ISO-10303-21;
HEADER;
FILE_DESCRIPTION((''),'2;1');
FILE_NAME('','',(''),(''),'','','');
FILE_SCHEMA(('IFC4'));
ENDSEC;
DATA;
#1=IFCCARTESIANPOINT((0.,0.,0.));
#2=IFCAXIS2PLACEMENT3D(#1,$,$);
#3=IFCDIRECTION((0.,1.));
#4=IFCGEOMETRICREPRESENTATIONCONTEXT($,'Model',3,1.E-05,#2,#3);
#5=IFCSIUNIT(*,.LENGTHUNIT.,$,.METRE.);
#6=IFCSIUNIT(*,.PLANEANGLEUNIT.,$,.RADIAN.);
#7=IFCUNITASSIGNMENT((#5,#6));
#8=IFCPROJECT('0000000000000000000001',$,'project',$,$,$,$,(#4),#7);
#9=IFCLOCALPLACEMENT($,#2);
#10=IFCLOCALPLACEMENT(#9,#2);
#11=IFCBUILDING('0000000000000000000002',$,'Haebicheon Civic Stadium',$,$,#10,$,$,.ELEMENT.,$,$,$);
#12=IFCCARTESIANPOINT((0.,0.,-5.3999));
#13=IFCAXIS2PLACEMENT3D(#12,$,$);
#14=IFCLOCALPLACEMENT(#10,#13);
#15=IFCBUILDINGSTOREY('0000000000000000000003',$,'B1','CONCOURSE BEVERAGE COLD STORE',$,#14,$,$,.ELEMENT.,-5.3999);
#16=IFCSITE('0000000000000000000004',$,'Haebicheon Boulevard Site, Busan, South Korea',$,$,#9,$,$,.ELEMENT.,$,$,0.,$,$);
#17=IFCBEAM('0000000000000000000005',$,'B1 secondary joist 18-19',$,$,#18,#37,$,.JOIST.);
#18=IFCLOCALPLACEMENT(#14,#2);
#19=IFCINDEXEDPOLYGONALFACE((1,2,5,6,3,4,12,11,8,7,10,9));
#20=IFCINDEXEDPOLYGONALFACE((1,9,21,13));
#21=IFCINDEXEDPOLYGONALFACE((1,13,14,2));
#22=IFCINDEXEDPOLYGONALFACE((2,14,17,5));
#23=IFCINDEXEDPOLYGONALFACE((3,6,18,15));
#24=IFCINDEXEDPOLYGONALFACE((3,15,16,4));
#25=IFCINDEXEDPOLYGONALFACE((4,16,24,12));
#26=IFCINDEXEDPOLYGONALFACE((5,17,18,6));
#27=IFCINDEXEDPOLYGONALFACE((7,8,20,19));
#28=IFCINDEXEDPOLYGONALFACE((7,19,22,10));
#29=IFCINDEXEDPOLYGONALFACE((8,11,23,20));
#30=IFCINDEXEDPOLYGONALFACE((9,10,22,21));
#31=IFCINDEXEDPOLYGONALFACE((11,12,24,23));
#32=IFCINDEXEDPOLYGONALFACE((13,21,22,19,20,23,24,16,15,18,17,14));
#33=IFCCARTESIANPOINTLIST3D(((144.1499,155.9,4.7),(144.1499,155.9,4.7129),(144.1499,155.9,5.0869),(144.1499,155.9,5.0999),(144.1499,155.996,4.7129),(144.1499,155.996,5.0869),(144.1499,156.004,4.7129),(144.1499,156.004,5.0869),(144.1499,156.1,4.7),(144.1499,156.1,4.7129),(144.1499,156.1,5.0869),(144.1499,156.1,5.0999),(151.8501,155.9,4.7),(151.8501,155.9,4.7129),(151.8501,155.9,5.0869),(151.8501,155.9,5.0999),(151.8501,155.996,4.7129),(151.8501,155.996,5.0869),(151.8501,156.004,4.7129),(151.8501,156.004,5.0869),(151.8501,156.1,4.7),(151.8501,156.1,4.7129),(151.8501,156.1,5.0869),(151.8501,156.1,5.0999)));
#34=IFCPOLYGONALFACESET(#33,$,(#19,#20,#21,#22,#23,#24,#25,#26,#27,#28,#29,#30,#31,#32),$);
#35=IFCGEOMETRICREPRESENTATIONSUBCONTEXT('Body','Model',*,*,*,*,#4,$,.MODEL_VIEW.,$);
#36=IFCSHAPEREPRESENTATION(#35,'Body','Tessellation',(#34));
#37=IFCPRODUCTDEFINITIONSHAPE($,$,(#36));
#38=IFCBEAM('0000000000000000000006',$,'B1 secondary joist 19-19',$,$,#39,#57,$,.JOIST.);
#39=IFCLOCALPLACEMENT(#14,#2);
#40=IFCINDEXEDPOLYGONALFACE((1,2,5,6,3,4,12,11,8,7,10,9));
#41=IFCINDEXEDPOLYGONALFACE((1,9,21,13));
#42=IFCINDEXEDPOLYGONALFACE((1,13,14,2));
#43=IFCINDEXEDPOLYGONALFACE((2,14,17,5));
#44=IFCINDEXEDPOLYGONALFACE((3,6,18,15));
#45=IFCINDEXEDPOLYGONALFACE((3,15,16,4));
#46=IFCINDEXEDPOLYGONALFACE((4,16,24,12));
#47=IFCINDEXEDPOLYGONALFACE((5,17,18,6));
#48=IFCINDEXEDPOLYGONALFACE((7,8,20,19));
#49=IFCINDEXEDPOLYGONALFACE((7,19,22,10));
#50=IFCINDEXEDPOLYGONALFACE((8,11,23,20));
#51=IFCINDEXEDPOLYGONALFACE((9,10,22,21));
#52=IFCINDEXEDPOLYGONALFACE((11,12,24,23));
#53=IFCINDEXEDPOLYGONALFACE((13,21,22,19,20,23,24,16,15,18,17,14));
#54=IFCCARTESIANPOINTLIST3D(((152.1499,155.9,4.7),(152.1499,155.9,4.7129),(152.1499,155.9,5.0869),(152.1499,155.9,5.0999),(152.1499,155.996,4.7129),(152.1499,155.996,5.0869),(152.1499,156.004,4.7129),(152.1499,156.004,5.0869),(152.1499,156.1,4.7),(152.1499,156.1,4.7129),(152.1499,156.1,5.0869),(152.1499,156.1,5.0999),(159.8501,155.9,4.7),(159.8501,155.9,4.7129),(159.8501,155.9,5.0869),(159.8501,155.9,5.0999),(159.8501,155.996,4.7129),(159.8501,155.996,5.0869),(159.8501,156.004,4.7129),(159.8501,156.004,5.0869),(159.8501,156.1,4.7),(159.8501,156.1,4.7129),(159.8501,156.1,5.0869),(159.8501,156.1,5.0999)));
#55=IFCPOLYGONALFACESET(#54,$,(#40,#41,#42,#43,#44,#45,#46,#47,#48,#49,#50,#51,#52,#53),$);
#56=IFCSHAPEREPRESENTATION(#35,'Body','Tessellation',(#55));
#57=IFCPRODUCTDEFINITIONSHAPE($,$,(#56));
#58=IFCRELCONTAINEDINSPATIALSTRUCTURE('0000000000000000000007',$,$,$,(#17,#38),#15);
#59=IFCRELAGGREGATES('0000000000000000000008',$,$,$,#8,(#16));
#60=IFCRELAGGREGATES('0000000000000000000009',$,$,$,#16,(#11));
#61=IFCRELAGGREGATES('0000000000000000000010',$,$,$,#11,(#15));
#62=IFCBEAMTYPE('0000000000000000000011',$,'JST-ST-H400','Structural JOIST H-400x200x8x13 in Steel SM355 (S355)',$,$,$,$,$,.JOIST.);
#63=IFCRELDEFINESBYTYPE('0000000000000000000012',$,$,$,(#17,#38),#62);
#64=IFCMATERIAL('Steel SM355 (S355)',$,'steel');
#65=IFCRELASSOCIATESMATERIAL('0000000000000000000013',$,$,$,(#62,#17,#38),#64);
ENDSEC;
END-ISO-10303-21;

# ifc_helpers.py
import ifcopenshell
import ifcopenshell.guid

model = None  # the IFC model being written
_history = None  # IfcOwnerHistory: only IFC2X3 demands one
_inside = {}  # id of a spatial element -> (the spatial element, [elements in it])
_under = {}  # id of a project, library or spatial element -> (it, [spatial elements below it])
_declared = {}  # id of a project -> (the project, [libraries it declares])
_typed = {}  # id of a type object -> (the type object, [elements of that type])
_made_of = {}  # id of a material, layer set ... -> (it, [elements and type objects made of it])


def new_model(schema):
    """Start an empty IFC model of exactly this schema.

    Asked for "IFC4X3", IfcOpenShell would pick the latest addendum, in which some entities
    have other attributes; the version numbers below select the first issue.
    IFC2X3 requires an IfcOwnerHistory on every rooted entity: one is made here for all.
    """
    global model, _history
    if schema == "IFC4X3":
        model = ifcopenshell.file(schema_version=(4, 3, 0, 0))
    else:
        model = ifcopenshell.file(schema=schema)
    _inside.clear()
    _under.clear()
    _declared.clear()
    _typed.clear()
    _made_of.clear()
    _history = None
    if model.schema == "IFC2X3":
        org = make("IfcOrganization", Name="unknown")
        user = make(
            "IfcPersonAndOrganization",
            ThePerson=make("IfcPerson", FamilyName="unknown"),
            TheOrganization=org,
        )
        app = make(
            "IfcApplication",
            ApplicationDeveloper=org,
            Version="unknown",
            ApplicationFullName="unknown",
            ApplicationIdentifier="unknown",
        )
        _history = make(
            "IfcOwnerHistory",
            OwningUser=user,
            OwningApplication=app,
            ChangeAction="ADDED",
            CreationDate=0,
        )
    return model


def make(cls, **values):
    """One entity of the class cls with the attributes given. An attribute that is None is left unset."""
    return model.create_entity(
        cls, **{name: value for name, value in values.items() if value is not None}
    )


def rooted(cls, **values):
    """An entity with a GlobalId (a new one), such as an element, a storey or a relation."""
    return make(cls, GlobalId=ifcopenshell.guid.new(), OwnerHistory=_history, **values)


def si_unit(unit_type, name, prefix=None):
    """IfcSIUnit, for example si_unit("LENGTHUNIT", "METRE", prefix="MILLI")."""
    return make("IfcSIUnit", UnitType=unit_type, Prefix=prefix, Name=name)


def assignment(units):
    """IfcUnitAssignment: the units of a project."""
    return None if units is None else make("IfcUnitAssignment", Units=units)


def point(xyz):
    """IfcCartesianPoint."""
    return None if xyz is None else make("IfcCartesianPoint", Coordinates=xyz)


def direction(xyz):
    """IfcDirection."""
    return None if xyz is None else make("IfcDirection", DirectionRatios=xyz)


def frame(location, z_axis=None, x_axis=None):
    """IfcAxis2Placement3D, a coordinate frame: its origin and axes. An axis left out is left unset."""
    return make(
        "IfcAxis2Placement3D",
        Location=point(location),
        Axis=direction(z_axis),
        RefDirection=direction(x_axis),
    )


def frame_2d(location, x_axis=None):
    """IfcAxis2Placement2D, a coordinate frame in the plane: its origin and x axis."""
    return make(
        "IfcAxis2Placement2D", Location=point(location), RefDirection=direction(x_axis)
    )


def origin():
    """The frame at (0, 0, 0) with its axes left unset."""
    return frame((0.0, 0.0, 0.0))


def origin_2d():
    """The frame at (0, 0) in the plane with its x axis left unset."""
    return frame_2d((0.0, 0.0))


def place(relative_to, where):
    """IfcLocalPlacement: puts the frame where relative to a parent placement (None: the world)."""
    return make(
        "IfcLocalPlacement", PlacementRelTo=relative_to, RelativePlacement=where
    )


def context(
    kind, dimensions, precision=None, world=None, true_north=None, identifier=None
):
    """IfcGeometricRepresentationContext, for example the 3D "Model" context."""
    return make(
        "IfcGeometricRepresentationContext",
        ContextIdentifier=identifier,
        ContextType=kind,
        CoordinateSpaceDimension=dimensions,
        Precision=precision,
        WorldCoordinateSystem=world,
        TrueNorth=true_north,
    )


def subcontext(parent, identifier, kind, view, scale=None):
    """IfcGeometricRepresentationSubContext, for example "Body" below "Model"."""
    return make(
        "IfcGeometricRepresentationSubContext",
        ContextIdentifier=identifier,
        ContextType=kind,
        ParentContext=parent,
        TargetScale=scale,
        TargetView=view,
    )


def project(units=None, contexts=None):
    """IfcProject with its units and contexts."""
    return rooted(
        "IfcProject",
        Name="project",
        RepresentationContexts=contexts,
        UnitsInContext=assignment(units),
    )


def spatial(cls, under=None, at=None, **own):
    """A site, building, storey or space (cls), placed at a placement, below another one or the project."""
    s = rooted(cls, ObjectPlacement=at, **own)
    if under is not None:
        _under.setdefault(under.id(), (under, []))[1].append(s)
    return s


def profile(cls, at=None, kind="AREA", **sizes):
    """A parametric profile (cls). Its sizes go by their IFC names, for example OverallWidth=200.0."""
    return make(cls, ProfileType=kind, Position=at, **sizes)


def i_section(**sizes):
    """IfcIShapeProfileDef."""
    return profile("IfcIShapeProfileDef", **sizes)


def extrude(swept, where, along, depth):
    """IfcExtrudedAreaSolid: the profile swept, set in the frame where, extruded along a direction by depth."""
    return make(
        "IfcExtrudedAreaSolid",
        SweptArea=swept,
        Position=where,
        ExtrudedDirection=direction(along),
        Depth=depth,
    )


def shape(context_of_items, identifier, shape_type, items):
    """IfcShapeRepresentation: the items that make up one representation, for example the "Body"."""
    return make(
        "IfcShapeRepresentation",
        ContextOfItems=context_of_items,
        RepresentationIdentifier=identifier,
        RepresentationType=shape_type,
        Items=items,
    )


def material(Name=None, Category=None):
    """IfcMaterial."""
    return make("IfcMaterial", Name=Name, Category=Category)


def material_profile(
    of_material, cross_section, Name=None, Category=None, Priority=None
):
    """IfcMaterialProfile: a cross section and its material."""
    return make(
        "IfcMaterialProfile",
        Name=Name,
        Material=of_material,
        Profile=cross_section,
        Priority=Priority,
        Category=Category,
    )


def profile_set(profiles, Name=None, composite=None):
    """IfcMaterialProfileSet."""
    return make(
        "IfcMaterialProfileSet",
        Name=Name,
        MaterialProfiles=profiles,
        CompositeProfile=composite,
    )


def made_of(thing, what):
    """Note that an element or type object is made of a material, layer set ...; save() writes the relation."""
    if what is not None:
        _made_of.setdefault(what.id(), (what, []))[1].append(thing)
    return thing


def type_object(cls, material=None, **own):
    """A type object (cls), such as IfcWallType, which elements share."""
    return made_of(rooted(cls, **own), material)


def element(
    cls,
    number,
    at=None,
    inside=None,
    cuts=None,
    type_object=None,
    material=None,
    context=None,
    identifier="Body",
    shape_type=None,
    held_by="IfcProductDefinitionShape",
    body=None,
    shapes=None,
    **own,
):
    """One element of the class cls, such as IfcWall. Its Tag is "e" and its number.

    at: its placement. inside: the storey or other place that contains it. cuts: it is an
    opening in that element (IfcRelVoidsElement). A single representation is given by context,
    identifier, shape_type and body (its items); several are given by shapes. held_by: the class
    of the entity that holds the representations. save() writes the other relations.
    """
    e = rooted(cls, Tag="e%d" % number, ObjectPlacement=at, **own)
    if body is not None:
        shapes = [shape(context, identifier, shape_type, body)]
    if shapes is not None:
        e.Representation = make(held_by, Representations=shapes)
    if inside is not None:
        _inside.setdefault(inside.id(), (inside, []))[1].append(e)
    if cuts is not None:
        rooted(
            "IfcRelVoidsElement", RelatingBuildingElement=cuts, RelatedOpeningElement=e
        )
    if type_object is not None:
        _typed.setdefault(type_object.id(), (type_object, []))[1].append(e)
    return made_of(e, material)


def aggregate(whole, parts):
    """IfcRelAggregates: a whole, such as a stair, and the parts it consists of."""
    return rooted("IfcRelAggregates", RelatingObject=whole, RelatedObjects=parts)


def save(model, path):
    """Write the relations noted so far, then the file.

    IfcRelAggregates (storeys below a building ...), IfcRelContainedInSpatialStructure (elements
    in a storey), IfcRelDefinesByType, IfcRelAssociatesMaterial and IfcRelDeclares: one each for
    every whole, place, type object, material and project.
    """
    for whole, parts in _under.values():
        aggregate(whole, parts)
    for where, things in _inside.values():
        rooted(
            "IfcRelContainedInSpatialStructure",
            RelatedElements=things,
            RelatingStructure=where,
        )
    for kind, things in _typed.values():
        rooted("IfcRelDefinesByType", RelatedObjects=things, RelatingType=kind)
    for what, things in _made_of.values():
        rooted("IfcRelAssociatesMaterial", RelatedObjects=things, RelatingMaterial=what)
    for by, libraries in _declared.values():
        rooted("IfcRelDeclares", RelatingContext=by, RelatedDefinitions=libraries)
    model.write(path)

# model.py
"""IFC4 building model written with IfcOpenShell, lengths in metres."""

from ifc_helpers import new_model, si_unit, direction, frame, origin, origin_2d, place, context, subcontext, project, spatial, i_section, extrude, material, material_profile, profile_set, type_object, element, save


model = new_model("IFC4")

# Units and contexts
model_context = context("Model", 3, precision=1e-05, world=origin(), true_north=direction((0.0, 1.0)))
body_context = subcontext(model_context, "Body", "Model", "MODEL_VIEW")
ifc_project = project(units=[si_unit("LENGTHUNIT", "METRE"), si_unit("PLANEANGLEUNIT", "RADIAN")], contexts=[model_context])

# Site, building, storey
site_placement = place(None, origin())
site = spatial("IfcSite", under=ifc_project, at=site_placement, Name="Haebicheon Boulevard Site, Busan, South Korea", CompositionType="ELEMENT", RefElevation=0.0)
building_placement = place(site_placement, origin())
building = spatial("IfcBuilding", under=site, at=building_placement, Name="Haebicheon Civic Stadium", CompositionType="ELEMENT")
storey_placement = place(building_placement, frame((0.0, 0.0, -5.3999)))
storey = spatial("IfcBuildingStorey", under=building, at=storey_placement, Name="B1", Description="CONCOURSE BEVERAGE COLD STORE", CompositionType="ELEMENT", Elevation=-5.3999)

# Beams
ifc_material_1 = material(Name="Steel SM355 (S355)", Category="steel")
ifc_material_profile_1 = material_profile(ifc_material_1, i_section(OverallWidth=0.2, OverallDepth=0.3999, WebThickness=0.0081, FlangeThickness=0.0129, at=origin_2d()), Name="H-400x200x8x13")
ifc_profile_set_1 = profile_set([ifc_material_profile_1], Name="Steel SM355 (S355)")
beam_type_1 = type_object("IfcBeamType", Name="JST-ST-H400", Description="Structural JOIST H-400x200x8x13 in Steel SM355 (S355)", PredefinedType="JOIST", material=ifc_profile_set_1)
for number, where, z_axis, x_axis, name in (
    (1, (144.1499, 156.0, 4.8999), (1.0, 0.0, 0.0), (0.0, 1.0, 0.0), "B1 secondary joist 18-19"),
    (2, (152.1499, 156.0, 4.8999), (1.0, 0.0, 0.0), (0.0, 1.0, 0.0), "B1 secondary joist 19-19"),
):
    element("IfcBeam", number, at=place(storey_placement, frame(where, z_axis=z_axis, x_axis=x_axis)), inside=storey, type_object=beam_type_1, material=ifc_profile_set_1, Name=name, PredefinedType="JOIST", context=body_context, shape_type="SweptSolid", body=[
        extrude(i_section(OverallWidth=0.2, OverallDepth=0.3999, WebThickness=0.0081, FlangeThickness=0.0129, at=origin_2d()), origin(), (0.0, 0.0, 1.0), 7.7002),
    ])

save(model, "model.ifc")
